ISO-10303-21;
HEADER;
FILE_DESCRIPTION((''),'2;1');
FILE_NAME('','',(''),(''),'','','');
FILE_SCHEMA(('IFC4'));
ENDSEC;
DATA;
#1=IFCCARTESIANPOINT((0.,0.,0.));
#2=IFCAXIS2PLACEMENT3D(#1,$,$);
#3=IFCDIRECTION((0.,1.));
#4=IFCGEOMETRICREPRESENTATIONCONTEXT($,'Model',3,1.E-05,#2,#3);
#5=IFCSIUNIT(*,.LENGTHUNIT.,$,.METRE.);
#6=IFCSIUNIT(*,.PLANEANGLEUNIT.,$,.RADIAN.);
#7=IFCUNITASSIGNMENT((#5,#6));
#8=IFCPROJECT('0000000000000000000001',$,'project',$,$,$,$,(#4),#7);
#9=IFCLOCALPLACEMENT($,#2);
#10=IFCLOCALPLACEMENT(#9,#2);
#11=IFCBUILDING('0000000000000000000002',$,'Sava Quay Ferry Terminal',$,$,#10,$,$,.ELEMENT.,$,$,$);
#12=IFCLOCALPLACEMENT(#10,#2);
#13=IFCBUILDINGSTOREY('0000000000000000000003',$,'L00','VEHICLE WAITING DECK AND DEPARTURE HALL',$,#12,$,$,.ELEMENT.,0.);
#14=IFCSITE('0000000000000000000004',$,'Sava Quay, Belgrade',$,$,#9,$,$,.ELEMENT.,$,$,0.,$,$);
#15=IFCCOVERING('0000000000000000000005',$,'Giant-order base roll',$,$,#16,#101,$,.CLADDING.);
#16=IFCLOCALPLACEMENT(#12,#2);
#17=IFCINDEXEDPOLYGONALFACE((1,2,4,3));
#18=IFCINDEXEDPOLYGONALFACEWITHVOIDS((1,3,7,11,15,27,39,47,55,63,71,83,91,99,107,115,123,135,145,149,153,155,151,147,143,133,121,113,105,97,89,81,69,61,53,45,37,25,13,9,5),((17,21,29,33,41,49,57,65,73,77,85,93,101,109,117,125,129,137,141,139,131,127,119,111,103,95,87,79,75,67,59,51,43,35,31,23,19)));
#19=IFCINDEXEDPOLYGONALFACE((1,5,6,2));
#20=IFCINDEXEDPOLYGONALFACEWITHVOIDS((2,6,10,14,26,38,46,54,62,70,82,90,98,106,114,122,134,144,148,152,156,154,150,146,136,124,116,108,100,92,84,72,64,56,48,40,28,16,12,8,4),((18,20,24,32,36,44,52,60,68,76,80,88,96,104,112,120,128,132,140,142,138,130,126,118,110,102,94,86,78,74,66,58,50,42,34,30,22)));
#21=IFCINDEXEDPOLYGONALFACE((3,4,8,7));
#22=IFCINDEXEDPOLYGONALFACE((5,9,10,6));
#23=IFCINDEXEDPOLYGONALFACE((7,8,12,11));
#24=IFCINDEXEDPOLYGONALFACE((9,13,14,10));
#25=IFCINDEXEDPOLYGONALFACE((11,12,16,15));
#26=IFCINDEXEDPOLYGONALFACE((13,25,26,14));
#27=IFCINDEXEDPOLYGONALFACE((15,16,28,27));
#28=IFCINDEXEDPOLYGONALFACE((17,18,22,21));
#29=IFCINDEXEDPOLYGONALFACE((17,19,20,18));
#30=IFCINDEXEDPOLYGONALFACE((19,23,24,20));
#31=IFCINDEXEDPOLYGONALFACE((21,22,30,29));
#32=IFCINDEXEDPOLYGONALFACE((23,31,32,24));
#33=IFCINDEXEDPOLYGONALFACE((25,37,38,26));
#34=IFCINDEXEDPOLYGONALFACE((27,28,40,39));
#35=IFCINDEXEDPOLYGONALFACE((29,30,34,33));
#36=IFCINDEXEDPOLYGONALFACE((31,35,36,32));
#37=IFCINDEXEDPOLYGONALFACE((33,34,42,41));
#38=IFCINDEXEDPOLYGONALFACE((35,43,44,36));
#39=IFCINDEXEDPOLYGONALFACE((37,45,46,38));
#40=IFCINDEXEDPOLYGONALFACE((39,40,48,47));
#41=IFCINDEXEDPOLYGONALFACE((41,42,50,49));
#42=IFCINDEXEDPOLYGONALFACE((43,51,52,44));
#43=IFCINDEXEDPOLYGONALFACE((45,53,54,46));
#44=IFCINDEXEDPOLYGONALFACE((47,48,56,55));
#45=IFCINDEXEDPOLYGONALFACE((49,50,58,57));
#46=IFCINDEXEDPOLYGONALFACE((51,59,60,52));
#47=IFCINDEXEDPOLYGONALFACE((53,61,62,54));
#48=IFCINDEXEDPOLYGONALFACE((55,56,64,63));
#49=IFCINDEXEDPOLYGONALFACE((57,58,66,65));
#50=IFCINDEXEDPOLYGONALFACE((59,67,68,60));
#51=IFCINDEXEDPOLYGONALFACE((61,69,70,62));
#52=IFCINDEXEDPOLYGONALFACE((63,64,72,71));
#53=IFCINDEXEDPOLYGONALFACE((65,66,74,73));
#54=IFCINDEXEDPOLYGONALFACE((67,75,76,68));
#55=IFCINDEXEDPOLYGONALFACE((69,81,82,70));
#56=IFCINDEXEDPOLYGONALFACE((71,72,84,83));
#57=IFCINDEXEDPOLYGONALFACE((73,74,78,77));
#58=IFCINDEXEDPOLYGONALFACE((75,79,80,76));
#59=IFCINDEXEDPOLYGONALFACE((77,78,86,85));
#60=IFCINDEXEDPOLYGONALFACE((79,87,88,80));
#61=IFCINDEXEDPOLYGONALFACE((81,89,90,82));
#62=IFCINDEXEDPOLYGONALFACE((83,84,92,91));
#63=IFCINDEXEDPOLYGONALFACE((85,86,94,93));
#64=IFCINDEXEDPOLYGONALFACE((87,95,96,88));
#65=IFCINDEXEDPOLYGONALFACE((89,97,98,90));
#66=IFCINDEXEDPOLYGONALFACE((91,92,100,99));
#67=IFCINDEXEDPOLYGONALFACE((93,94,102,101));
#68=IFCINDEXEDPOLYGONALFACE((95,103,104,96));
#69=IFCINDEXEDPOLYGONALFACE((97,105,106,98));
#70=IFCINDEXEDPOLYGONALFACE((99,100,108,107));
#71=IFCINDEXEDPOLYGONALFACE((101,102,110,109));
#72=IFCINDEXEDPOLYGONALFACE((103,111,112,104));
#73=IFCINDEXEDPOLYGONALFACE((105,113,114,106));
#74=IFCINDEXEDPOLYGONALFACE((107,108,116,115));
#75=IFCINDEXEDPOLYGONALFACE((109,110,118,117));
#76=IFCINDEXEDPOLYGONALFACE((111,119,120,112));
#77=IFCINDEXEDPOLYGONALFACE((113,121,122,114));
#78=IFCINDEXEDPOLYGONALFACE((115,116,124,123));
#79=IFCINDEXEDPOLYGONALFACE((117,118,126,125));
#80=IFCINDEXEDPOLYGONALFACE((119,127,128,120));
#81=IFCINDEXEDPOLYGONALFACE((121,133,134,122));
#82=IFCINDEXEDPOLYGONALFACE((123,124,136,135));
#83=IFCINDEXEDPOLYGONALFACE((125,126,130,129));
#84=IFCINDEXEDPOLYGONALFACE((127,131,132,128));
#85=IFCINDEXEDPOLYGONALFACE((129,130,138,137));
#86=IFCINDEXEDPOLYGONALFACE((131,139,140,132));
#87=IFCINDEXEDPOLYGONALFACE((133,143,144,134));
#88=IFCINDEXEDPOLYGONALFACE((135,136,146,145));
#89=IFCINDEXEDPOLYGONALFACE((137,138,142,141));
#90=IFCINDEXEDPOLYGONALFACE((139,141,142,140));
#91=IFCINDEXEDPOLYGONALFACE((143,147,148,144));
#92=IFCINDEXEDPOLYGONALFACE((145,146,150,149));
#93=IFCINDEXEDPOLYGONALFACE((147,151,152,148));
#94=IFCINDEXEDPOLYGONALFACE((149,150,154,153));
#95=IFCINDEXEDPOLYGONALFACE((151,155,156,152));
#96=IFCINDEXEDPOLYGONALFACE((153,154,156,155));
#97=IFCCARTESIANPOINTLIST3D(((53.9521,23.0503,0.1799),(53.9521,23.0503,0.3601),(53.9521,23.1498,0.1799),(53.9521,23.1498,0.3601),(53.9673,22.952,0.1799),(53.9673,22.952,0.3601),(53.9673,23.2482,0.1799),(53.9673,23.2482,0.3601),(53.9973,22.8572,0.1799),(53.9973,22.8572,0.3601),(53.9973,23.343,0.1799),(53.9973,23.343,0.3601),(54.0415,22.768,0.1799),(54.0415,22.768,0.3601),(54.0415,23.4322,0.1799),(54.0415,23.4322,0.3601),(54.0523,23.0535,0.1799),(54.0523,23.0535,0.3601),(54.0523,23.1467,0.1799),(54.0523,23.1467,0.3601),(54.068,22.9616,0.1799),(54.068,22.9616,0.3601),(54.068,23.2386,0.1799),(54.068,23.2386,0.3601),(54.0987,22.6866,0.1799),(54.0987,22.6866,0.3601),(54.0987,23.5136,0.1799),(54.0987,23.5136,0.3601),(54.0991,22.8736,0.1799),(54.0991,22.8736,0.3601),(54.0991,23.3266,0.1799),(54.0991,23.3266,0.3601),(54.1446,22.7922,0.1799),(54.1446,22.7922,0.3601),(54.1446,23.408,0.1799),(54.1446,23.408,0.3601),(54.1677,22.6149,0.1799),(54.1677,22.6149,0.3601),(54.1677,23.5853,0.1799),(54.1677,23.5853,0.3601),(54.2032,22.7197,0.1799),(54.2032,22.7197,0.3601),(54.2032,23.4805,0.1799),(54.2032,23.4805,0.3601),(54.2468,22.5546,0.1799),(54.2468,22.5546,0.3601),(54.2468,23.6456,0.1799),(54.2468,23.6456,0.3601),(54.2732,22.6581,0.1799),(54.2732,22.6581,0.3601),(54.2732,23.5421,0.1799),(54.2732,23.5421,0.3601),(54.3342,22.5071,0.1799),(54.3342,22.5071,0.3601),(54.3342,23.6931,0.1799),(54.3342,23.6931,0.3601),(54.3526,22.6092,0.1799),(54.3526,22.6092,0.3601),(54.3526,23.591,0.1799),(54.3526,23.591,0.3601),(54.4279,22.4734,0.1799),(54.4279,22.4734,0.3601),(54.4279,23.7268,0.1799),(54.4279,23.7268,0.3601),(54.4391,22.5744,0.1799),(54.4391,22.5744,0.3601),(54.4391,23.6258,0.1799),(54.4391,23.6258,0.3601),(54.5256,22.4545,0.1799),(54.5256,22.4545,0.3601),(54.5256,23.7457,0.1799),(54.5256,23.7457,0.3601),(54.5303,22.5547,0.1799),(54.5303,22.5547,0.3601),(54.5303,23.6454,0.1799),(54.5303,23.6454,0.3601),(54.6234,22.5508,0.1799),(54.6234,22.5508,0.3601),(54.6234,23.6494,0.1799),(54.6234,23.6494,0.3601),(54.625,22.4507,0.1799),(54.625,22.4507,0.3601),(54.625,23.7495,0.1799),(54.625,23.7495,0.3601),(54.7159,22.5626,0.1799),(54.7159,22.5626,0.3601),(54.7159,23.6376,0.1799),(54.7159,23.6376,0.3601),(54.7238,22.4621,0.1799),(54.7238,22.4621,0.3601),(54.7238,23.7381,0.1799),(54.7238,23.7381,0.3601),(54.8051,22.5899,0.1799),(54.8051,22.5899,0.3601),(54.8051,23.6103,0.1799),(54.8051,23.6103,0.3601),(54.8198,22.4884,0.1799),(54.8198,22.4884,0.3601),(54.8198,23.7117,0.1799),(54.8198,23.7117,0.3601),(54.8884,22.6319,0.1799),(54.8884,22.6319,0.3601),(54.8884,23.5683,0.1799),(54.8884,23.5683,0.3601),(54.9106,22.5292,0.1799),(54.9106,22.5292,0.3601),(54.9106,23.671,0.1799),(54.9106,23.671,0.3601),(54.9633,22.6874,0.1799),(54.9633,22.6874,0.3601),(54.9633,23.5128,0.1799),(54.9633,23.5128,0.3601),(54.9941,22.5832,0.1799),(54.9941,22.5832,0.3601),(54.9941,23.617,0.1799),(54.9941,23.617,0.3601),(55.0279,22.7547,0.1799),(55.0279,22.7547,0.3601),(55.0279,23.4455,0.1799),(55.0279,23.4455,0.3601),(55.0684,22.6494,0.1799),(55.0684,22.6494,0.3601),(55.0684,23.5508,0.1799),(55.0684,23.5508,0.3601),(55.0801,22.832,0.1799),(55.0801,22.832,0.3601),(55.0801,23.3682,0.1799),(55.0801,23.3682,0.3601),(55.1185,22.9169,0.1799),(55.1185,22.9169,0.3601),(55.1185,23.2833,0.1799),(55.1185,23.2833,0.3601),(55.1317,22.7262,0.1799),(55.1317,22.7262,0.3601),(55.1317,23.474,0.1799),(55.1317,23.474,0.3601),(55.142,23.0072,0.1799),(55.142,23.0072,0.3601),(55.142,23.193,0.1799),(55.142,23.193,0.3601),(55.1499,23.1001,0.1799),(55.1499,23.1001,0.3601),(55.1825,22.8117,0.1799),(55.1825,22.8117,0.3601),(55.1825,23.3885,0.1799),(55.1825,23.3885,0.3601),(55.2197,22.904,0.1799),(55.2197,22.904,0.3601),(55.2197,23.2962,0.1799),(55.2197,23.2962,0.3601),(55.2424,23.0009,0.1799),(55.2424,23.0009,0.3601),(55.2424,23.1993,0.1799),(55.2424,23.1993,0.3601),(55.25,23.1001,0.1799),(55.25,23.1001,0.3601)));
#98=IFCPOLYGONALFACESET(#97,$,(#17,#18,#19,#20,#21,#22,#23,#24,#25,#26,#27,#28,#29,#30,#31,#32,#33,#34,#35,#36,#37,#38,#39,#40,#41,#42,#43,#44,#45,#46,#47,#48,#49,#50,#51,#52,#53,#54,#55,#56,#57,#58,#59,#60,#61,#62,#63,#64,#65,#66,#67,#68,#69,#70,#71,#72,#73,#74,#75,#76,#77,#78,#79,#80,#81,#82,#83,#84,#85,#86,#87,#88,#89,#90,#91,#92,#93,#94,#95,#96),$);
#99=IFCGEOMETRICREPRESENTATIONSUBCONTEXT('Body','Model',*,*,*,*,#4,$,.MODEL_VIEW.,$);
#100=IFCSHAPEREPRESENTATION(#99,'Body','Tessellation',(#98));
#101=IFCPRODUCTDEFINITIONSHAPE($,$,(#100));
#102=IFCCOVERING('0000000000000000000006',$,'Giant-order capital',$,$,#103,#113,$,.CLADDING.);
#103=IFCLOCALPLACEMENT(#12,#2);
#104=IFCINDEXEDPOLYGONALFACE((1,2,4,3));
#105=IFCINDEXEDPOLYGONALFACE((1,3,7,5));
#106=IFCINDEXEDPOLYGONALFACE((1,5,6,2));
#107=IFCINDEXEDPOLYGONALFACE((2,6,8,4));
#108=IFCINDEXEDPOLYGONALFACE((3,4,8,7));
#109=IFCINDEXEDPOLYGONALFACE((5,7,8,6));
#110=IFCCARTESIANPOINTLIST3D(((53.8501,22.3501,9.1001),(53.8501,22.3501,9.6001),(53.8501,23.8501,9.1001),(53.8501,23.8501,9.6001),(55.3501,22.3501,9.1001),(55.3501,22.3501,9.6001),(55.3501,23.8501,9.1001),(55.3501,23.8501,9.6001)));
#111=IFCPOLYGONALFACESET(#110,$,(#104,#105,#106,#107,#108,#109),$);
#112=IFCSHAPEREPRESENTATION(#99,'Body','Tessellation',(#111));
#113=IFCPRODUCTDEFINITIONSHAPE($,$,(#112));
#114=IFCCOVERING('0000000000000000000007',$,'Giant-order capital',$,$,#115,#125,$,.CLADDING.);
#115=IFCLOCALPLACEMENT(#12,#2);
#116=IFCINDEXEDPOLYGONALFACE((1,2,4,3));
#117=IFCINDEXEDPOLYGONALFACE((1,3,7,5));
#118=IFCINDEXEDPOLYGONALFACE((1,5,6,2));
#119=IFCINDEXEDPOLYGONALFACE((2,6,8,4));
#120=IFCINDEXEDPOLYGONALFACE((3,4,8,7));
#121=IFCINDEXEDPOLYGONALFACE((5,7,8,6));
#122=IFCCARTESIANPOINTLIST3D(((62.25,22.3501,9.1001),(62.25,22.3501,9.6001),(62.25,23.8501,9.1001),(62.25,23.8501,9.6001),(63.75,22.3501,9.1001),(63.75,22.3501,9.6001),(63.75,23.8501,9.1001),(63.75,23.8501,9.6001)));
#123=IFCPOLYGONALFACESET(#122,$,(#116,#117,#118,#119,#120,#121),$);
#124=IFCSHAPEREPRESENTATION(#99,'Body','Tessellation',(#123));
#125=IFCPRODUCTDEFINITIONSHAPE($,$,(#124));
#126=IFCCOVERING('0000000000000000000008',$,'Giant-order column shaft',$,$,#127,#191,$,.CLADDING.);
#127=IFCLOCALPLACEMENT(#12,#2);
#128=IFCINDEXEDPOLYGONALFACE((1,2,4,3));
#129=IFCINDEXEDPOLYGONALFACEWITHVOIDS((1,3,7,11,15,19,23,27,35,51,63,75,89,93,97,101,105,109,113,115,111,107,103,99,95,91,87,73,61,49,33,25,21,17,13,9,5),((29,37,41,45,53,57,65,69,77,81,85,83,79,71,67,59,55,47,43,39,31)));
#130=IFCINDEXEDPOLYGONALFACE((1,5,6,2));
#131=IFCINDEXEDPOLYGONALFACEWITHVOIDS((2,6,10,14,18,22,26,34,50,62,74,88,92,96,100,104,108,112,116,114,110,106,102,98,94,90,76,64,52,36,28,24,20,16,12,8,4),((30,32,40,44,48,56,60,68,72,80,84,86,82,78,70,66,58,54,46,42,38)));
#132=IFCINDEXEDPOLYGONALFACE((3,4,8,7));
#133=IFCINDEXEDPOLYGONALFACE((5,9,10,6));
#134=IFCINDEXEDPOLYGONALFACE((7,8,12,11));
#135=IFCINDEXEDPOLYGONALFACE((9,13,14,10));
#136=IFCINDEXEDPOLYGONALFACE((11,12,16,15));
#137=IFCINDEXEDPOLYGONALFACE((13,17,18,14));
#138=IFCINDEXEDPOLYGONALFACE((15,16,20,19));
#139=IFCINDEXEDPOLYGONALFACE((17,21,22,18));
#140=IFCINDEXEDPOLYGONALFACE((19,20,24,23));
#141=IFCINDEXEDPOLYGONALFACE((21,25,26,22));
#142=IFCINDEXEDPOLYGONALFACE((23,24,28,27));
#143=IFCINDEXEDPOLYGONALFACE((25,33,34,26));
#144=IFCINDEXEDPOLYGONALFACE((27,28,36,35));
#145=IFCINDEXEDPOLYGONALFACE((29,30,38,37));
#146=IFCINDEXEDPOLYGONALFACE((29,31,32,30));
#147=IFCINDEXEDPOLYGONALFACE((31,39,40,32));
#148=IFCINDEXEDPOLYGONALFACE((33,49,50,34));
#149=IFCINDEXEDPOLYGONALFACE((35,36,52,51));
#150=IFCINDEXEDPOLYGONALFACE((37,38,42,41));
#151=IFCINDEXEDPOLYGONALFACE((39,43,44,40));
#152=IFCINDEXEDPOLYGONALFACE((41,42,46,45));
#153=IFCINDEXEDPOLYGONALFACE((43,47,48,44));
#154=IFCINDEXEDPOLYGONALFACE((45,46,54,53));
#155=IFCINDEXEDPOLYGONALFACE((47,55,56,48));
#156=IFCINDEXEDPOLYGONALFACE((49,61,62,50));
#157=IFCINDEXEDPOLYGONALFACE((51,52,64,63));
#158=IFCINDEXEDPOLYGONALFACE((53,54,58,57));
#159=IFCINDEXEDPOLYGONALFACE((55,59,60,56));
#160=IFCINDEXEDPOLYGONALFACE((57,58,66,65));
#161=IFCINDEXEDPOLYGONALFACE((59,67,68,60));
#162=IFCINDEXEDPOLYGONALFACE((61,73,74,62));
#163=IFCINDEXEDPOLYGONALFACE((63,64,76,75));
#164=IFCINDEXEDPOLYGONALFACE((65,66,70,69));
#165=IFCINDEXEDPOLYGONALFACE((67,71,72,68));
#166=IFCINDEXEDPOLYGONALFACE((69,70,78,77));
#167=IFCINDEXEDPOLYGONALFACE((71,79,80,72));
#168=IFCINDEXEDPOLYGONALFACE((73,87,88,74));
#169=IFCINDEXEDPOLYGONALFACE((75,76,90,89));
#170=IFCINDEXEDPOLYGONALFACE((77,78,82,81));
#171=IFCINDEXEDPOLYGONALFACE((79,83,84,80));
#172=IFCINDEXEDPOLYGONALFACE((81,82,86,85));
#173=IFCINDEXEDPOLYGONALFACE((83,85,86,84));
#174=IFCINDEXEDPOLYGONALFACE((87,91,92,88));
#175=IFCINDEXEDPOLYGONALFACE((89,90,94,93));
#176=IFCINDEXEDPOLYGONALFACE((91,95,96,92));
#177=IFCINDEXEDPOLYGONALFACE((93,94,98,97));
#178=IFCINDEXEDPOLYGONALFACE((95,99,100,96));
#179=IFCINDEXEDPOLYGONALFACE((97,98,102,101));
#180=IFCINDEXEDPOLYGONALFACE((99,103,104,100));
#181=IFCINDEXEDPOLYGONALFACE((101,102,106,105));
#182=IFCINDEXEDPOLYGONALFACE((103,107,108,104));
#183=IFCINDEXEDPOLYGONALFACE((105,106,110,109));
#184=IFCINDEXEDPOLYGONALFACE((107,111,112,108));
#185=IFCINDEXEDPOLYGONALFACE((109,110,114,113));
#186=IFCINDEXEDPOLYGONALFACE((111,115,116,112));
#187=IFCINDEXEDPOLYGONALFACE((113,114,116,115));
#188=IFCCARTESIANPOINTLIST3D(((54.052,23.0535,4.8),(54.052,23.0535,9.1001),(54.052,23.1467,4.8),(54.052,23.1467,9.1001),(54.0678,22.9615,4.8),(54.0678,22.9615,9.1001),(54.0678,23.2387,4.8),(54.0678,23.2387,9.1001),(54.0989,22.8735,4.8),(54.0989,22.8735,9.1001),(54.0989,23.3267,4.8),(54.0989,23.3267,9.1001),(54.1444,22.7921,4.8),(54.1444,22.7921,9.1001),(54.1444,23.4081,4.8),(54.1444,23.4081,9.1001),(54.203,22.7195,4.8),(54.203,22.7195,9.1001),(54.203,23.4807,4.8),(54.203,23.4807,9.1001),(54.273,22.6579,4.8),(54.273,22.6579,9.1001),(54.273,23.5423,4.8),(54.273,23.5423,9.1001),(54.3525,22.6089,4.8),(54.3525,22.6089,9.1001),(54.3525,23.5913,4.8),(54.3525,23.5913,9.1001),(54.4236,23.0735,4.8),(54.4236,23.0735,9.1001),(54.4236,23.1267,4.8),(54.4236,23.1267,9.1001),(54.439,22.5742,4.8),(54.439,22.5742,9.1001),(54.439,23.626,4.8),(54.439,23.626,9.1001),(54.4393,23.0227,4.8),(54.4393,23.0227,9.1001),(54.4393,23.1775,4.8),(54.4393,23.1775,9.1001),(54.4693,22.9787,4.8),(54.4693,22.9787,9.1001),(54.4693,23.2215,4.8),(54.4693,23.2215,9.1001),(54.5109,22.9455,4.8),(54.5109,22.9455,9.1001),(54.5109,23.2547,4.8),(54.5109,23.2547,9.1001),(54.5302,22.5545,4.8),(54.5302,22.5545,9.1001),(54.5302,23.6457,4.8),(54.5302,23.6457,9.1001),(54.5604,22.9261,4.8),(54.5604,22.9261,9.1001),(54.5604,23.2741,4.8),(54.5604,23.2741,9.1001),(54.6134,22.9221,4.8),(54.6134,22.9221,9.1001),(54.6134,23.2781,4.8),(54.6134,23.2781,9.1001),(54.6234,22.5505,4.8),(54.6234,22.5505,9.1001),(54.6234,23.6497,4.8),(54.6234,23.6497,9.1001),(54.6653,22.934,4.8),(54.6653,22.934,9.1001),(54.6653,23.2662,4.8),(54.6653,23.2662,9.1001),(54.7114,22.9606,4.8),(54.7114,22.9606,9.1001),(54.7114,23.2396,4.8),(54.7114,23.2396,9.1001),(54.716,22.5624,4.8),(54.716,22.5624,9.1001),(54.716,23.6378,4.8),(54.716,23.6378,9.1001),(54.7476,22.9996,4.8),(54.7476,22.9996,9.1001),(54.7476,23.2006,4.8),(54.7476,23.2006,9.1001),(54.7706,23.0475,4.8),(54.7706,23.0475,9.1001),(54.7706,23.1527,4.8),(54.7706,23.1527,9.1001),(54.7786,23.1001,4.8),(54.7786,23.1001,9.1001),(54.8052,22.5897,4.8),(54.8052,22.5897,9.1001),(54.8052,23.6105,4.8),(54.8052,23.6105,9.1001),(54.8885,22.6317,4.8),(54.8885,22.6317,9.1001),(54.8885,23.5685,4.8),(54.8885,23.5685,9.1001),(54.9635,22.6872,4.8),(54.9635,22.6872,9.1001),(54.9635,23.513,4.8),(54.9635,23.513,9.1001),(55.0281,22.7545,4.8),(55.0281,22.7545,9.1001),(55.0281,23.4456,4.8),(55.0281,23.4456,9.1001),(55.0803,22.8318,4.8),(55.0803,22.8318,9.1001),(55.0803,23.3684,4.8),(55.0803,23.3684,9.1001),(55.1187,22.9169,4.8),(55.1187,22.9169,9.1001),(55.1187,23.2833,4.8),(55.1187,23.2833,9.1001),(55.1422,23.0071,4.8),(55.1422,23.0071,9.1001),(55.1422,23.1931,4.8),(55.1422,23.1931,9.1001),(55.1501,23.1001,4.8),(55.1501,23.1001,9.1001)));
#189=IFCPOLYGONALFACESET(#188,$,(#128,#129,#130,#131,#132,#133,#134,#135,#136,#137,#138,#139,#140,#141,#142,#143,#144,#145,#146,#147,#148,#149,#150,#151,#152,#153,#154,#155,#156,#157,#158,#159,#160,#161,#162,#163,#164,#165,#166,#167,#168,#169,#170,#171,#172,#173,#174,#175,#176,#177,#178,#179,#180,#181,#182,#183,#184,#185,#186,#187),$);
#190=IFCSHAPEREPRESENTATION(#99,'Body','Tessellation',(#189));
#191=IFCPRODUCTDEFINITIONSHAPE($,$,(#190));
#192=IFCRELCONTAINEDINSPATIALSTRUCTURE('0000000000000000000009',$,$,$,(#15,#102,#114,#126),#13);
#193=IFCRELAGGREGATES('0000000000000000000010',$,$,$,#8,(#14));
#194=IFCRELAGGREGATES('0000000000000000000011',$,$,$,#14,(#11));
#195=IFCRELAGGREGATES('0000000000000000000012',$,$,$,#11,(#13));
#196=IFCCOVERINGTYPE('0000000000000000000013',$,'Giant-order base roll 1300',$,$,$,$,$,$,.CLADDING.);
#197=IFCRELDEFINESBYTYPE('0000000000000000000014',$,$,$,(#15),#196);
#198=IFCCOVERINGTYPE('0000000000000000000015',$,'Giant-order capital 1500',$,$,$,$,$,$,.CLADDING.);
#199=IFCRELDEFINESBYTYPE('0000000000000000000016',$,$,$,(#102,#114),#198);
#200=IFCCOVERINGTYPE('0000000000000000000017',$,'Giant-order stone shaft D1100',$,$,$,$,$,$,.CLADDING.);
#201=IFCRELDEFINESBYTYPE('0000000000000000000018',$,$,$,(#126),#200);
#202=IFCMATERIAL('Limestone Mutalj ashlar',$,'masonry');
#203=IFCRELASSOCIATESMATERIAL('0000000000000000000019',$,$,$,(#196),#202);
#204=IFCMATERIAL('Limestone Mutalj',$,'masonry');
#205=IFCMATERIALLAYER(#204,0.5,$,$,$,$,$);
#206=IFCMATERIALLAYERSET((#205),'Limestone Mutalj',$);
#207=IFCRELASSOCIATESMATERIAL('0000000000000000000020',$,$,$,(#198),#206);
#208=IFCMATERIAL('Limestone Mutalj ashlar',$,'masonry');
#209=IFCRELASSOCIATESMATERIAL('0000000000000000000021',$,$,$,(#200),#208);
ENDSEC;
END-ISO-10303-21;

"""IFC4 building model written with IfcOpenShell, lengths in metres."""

from ifc_helpers import new_model, si_unit, direction, frame, origin, origin_2d, place, context, subcontext, project, spatial, rectangle, hollow_circle, extrude, material, layer, layer_set, material_profile, profile_set, type_object, element, save


model = new_model("IFC4")

# Units and contexts
model_context = context("Model", 3, precision=1e-05, world=origin(), true_north=direction((0.0, 1.0)))
body_context = subcontext(model_context, "Body", "Model", "MODEL_VIEW")
ifc_project = project(units=[si_unit("LENGTHUNIT", "METRE"), si_unit("PLANEANGLEUNIT", "RADIAN")], contexts=[model_context])

# Site, building, storey
site_placement = place(None, origin())
site = spatial("IfcSite", under=ifc_project, at=site_placement, Name="Sava Quay, Belgrade", CompositionType="ELEMENT", RefElevation=0.0)
building_placement = place(site_placement, origin())
building = spatial("IfcBuilding", under=site, at=building_placement, Name="Sava Quay Ferry Terminal", CompositionType="ELEMENT")
storey_placement = place(building_placement, origin())
storey = spatial("IfcBuildingStorey", under=building, at=storey_placement, Name="L00", Description="VEHICLE WAITING DECK AND DEPARTURE HALL", CompositionType="ELEMENT", Elevation=0.0)

# Coverings
ifc_material_1 = material(Name="Limestone Mutalj ashlar", Category="masonry")
ifc_material_profile_1 = material_profile(ifc_material_1, hollow_circle(Radius=0.6499, WallThickness=0.1001, at=origin_2d()), Name="Base roll 1300")
ifc_profile_set_1 = profile_set([ifc_material_profile_1], Name="Limestone Mutalj ashlar")
covering_type_1 = type_object("IfcCoveringType", Name="Giant-order base roll 1300", PredefinedType="CLADDING", material=ifc_profile_set_1)
covering_1_placement = place(storey_placement, frame((54.6001, 23.1001, 0.1799), z_axis=(0.0, 0.0, 1.0), x_axis=(1.0, 0.0, 0.0)))
element("IfcCovering", 1, at=covering_1_placement, inside=storey, type_object=covering_type_1, Name="Giant-order base roll", PredefinedType="CLADDING", context=body_context, shape_type="SweptSolid", body=[
    extrude(hollow_circle(Radius=0.6499, WallThickness=0.1001, at=origin_2d()), origin(), (0.0, 0.0, 1.0), 0.1802),
])
ifc_material_2 = material(Name="Limestone Mutalj", Category="masonry")
ifc_layer_1 = layer(ifc_material_2, 0.5)
ifc_layer_set_1 = layer_set([ifc_layer_1], Name="Limestone Mutalj")
covering_type_2 = type_object("IfcCoveringType", Name="Giant-order capital 1500", PredefinedType="CLADDING", material=ifc_layer_set_1)
for number, where, z_axis, x_axis, name in (
    (2, (54.6001, 23.1001, 9.1001), (0.0, 0.0, 1.0), (1.0, 0.0, 0.0), "Giant-order capital"),
    (3, (63.0, 23.1001, 9.1001), (0.0, 0.0, 1.0), (1.0, 0.0, 0.0), "Giant-order capital"),
):
    element("IfcCovering", number, at=place(storey_placement, frame(where, z_axis=z_axis, x_axis=x_axis)), inside=storey, type_object=covering_type_2, Name=name, PredefinedType="CLADDING", context=body_context, shape_type="SweptSolid", body=[
        extrude(rectangle(XDim=1.5, YDim=1.5, at=origin_2d()), origin(), (0.0, 0.0, 1.0), 0.5),
    ])
ifc_material_3 = material(Name="Limestone Mutalj ashlar", Category="masonry")
ifc_material_profile_2 = material_profile(ifc_material_3, hollow_circle(Radius=0.55, WallThickness=0.3716, at=origin_2d()), Name="Stone shaft D1100")
ifc_profile_set_2 = profile_set([ifc_material_profile_2], Name="Limestone Mutalj ashlar")
covering_type_3 = type_object("IfcCoveringType", Name="Giant-order stone shaft D1100", PredefinedType="CLADDING", material=ifc_profile_set_2)
covering_2_placement = place(storey_placement, frame((54.6001, 23.1001, 4.8), z_axis=(0.0, 0.0, 1.0), x_axis=(1.0, 0.0, 0.0)))
element("IfcCovering", 4, at=covering_2_placement, inside=storey, type_object=covering_type_3, Name="Giant-order column shaft", PredefinedType="CLADDING", context=body_context, shape_type="SweptSolid", body=[
    extrude(hollow_circle(Radius=0.55, WallThickness=0.3716, at=origin_2d()), origin(), (0.0, 0.0, 1.0), 4.3),
])

save(model, "model.ifc")
